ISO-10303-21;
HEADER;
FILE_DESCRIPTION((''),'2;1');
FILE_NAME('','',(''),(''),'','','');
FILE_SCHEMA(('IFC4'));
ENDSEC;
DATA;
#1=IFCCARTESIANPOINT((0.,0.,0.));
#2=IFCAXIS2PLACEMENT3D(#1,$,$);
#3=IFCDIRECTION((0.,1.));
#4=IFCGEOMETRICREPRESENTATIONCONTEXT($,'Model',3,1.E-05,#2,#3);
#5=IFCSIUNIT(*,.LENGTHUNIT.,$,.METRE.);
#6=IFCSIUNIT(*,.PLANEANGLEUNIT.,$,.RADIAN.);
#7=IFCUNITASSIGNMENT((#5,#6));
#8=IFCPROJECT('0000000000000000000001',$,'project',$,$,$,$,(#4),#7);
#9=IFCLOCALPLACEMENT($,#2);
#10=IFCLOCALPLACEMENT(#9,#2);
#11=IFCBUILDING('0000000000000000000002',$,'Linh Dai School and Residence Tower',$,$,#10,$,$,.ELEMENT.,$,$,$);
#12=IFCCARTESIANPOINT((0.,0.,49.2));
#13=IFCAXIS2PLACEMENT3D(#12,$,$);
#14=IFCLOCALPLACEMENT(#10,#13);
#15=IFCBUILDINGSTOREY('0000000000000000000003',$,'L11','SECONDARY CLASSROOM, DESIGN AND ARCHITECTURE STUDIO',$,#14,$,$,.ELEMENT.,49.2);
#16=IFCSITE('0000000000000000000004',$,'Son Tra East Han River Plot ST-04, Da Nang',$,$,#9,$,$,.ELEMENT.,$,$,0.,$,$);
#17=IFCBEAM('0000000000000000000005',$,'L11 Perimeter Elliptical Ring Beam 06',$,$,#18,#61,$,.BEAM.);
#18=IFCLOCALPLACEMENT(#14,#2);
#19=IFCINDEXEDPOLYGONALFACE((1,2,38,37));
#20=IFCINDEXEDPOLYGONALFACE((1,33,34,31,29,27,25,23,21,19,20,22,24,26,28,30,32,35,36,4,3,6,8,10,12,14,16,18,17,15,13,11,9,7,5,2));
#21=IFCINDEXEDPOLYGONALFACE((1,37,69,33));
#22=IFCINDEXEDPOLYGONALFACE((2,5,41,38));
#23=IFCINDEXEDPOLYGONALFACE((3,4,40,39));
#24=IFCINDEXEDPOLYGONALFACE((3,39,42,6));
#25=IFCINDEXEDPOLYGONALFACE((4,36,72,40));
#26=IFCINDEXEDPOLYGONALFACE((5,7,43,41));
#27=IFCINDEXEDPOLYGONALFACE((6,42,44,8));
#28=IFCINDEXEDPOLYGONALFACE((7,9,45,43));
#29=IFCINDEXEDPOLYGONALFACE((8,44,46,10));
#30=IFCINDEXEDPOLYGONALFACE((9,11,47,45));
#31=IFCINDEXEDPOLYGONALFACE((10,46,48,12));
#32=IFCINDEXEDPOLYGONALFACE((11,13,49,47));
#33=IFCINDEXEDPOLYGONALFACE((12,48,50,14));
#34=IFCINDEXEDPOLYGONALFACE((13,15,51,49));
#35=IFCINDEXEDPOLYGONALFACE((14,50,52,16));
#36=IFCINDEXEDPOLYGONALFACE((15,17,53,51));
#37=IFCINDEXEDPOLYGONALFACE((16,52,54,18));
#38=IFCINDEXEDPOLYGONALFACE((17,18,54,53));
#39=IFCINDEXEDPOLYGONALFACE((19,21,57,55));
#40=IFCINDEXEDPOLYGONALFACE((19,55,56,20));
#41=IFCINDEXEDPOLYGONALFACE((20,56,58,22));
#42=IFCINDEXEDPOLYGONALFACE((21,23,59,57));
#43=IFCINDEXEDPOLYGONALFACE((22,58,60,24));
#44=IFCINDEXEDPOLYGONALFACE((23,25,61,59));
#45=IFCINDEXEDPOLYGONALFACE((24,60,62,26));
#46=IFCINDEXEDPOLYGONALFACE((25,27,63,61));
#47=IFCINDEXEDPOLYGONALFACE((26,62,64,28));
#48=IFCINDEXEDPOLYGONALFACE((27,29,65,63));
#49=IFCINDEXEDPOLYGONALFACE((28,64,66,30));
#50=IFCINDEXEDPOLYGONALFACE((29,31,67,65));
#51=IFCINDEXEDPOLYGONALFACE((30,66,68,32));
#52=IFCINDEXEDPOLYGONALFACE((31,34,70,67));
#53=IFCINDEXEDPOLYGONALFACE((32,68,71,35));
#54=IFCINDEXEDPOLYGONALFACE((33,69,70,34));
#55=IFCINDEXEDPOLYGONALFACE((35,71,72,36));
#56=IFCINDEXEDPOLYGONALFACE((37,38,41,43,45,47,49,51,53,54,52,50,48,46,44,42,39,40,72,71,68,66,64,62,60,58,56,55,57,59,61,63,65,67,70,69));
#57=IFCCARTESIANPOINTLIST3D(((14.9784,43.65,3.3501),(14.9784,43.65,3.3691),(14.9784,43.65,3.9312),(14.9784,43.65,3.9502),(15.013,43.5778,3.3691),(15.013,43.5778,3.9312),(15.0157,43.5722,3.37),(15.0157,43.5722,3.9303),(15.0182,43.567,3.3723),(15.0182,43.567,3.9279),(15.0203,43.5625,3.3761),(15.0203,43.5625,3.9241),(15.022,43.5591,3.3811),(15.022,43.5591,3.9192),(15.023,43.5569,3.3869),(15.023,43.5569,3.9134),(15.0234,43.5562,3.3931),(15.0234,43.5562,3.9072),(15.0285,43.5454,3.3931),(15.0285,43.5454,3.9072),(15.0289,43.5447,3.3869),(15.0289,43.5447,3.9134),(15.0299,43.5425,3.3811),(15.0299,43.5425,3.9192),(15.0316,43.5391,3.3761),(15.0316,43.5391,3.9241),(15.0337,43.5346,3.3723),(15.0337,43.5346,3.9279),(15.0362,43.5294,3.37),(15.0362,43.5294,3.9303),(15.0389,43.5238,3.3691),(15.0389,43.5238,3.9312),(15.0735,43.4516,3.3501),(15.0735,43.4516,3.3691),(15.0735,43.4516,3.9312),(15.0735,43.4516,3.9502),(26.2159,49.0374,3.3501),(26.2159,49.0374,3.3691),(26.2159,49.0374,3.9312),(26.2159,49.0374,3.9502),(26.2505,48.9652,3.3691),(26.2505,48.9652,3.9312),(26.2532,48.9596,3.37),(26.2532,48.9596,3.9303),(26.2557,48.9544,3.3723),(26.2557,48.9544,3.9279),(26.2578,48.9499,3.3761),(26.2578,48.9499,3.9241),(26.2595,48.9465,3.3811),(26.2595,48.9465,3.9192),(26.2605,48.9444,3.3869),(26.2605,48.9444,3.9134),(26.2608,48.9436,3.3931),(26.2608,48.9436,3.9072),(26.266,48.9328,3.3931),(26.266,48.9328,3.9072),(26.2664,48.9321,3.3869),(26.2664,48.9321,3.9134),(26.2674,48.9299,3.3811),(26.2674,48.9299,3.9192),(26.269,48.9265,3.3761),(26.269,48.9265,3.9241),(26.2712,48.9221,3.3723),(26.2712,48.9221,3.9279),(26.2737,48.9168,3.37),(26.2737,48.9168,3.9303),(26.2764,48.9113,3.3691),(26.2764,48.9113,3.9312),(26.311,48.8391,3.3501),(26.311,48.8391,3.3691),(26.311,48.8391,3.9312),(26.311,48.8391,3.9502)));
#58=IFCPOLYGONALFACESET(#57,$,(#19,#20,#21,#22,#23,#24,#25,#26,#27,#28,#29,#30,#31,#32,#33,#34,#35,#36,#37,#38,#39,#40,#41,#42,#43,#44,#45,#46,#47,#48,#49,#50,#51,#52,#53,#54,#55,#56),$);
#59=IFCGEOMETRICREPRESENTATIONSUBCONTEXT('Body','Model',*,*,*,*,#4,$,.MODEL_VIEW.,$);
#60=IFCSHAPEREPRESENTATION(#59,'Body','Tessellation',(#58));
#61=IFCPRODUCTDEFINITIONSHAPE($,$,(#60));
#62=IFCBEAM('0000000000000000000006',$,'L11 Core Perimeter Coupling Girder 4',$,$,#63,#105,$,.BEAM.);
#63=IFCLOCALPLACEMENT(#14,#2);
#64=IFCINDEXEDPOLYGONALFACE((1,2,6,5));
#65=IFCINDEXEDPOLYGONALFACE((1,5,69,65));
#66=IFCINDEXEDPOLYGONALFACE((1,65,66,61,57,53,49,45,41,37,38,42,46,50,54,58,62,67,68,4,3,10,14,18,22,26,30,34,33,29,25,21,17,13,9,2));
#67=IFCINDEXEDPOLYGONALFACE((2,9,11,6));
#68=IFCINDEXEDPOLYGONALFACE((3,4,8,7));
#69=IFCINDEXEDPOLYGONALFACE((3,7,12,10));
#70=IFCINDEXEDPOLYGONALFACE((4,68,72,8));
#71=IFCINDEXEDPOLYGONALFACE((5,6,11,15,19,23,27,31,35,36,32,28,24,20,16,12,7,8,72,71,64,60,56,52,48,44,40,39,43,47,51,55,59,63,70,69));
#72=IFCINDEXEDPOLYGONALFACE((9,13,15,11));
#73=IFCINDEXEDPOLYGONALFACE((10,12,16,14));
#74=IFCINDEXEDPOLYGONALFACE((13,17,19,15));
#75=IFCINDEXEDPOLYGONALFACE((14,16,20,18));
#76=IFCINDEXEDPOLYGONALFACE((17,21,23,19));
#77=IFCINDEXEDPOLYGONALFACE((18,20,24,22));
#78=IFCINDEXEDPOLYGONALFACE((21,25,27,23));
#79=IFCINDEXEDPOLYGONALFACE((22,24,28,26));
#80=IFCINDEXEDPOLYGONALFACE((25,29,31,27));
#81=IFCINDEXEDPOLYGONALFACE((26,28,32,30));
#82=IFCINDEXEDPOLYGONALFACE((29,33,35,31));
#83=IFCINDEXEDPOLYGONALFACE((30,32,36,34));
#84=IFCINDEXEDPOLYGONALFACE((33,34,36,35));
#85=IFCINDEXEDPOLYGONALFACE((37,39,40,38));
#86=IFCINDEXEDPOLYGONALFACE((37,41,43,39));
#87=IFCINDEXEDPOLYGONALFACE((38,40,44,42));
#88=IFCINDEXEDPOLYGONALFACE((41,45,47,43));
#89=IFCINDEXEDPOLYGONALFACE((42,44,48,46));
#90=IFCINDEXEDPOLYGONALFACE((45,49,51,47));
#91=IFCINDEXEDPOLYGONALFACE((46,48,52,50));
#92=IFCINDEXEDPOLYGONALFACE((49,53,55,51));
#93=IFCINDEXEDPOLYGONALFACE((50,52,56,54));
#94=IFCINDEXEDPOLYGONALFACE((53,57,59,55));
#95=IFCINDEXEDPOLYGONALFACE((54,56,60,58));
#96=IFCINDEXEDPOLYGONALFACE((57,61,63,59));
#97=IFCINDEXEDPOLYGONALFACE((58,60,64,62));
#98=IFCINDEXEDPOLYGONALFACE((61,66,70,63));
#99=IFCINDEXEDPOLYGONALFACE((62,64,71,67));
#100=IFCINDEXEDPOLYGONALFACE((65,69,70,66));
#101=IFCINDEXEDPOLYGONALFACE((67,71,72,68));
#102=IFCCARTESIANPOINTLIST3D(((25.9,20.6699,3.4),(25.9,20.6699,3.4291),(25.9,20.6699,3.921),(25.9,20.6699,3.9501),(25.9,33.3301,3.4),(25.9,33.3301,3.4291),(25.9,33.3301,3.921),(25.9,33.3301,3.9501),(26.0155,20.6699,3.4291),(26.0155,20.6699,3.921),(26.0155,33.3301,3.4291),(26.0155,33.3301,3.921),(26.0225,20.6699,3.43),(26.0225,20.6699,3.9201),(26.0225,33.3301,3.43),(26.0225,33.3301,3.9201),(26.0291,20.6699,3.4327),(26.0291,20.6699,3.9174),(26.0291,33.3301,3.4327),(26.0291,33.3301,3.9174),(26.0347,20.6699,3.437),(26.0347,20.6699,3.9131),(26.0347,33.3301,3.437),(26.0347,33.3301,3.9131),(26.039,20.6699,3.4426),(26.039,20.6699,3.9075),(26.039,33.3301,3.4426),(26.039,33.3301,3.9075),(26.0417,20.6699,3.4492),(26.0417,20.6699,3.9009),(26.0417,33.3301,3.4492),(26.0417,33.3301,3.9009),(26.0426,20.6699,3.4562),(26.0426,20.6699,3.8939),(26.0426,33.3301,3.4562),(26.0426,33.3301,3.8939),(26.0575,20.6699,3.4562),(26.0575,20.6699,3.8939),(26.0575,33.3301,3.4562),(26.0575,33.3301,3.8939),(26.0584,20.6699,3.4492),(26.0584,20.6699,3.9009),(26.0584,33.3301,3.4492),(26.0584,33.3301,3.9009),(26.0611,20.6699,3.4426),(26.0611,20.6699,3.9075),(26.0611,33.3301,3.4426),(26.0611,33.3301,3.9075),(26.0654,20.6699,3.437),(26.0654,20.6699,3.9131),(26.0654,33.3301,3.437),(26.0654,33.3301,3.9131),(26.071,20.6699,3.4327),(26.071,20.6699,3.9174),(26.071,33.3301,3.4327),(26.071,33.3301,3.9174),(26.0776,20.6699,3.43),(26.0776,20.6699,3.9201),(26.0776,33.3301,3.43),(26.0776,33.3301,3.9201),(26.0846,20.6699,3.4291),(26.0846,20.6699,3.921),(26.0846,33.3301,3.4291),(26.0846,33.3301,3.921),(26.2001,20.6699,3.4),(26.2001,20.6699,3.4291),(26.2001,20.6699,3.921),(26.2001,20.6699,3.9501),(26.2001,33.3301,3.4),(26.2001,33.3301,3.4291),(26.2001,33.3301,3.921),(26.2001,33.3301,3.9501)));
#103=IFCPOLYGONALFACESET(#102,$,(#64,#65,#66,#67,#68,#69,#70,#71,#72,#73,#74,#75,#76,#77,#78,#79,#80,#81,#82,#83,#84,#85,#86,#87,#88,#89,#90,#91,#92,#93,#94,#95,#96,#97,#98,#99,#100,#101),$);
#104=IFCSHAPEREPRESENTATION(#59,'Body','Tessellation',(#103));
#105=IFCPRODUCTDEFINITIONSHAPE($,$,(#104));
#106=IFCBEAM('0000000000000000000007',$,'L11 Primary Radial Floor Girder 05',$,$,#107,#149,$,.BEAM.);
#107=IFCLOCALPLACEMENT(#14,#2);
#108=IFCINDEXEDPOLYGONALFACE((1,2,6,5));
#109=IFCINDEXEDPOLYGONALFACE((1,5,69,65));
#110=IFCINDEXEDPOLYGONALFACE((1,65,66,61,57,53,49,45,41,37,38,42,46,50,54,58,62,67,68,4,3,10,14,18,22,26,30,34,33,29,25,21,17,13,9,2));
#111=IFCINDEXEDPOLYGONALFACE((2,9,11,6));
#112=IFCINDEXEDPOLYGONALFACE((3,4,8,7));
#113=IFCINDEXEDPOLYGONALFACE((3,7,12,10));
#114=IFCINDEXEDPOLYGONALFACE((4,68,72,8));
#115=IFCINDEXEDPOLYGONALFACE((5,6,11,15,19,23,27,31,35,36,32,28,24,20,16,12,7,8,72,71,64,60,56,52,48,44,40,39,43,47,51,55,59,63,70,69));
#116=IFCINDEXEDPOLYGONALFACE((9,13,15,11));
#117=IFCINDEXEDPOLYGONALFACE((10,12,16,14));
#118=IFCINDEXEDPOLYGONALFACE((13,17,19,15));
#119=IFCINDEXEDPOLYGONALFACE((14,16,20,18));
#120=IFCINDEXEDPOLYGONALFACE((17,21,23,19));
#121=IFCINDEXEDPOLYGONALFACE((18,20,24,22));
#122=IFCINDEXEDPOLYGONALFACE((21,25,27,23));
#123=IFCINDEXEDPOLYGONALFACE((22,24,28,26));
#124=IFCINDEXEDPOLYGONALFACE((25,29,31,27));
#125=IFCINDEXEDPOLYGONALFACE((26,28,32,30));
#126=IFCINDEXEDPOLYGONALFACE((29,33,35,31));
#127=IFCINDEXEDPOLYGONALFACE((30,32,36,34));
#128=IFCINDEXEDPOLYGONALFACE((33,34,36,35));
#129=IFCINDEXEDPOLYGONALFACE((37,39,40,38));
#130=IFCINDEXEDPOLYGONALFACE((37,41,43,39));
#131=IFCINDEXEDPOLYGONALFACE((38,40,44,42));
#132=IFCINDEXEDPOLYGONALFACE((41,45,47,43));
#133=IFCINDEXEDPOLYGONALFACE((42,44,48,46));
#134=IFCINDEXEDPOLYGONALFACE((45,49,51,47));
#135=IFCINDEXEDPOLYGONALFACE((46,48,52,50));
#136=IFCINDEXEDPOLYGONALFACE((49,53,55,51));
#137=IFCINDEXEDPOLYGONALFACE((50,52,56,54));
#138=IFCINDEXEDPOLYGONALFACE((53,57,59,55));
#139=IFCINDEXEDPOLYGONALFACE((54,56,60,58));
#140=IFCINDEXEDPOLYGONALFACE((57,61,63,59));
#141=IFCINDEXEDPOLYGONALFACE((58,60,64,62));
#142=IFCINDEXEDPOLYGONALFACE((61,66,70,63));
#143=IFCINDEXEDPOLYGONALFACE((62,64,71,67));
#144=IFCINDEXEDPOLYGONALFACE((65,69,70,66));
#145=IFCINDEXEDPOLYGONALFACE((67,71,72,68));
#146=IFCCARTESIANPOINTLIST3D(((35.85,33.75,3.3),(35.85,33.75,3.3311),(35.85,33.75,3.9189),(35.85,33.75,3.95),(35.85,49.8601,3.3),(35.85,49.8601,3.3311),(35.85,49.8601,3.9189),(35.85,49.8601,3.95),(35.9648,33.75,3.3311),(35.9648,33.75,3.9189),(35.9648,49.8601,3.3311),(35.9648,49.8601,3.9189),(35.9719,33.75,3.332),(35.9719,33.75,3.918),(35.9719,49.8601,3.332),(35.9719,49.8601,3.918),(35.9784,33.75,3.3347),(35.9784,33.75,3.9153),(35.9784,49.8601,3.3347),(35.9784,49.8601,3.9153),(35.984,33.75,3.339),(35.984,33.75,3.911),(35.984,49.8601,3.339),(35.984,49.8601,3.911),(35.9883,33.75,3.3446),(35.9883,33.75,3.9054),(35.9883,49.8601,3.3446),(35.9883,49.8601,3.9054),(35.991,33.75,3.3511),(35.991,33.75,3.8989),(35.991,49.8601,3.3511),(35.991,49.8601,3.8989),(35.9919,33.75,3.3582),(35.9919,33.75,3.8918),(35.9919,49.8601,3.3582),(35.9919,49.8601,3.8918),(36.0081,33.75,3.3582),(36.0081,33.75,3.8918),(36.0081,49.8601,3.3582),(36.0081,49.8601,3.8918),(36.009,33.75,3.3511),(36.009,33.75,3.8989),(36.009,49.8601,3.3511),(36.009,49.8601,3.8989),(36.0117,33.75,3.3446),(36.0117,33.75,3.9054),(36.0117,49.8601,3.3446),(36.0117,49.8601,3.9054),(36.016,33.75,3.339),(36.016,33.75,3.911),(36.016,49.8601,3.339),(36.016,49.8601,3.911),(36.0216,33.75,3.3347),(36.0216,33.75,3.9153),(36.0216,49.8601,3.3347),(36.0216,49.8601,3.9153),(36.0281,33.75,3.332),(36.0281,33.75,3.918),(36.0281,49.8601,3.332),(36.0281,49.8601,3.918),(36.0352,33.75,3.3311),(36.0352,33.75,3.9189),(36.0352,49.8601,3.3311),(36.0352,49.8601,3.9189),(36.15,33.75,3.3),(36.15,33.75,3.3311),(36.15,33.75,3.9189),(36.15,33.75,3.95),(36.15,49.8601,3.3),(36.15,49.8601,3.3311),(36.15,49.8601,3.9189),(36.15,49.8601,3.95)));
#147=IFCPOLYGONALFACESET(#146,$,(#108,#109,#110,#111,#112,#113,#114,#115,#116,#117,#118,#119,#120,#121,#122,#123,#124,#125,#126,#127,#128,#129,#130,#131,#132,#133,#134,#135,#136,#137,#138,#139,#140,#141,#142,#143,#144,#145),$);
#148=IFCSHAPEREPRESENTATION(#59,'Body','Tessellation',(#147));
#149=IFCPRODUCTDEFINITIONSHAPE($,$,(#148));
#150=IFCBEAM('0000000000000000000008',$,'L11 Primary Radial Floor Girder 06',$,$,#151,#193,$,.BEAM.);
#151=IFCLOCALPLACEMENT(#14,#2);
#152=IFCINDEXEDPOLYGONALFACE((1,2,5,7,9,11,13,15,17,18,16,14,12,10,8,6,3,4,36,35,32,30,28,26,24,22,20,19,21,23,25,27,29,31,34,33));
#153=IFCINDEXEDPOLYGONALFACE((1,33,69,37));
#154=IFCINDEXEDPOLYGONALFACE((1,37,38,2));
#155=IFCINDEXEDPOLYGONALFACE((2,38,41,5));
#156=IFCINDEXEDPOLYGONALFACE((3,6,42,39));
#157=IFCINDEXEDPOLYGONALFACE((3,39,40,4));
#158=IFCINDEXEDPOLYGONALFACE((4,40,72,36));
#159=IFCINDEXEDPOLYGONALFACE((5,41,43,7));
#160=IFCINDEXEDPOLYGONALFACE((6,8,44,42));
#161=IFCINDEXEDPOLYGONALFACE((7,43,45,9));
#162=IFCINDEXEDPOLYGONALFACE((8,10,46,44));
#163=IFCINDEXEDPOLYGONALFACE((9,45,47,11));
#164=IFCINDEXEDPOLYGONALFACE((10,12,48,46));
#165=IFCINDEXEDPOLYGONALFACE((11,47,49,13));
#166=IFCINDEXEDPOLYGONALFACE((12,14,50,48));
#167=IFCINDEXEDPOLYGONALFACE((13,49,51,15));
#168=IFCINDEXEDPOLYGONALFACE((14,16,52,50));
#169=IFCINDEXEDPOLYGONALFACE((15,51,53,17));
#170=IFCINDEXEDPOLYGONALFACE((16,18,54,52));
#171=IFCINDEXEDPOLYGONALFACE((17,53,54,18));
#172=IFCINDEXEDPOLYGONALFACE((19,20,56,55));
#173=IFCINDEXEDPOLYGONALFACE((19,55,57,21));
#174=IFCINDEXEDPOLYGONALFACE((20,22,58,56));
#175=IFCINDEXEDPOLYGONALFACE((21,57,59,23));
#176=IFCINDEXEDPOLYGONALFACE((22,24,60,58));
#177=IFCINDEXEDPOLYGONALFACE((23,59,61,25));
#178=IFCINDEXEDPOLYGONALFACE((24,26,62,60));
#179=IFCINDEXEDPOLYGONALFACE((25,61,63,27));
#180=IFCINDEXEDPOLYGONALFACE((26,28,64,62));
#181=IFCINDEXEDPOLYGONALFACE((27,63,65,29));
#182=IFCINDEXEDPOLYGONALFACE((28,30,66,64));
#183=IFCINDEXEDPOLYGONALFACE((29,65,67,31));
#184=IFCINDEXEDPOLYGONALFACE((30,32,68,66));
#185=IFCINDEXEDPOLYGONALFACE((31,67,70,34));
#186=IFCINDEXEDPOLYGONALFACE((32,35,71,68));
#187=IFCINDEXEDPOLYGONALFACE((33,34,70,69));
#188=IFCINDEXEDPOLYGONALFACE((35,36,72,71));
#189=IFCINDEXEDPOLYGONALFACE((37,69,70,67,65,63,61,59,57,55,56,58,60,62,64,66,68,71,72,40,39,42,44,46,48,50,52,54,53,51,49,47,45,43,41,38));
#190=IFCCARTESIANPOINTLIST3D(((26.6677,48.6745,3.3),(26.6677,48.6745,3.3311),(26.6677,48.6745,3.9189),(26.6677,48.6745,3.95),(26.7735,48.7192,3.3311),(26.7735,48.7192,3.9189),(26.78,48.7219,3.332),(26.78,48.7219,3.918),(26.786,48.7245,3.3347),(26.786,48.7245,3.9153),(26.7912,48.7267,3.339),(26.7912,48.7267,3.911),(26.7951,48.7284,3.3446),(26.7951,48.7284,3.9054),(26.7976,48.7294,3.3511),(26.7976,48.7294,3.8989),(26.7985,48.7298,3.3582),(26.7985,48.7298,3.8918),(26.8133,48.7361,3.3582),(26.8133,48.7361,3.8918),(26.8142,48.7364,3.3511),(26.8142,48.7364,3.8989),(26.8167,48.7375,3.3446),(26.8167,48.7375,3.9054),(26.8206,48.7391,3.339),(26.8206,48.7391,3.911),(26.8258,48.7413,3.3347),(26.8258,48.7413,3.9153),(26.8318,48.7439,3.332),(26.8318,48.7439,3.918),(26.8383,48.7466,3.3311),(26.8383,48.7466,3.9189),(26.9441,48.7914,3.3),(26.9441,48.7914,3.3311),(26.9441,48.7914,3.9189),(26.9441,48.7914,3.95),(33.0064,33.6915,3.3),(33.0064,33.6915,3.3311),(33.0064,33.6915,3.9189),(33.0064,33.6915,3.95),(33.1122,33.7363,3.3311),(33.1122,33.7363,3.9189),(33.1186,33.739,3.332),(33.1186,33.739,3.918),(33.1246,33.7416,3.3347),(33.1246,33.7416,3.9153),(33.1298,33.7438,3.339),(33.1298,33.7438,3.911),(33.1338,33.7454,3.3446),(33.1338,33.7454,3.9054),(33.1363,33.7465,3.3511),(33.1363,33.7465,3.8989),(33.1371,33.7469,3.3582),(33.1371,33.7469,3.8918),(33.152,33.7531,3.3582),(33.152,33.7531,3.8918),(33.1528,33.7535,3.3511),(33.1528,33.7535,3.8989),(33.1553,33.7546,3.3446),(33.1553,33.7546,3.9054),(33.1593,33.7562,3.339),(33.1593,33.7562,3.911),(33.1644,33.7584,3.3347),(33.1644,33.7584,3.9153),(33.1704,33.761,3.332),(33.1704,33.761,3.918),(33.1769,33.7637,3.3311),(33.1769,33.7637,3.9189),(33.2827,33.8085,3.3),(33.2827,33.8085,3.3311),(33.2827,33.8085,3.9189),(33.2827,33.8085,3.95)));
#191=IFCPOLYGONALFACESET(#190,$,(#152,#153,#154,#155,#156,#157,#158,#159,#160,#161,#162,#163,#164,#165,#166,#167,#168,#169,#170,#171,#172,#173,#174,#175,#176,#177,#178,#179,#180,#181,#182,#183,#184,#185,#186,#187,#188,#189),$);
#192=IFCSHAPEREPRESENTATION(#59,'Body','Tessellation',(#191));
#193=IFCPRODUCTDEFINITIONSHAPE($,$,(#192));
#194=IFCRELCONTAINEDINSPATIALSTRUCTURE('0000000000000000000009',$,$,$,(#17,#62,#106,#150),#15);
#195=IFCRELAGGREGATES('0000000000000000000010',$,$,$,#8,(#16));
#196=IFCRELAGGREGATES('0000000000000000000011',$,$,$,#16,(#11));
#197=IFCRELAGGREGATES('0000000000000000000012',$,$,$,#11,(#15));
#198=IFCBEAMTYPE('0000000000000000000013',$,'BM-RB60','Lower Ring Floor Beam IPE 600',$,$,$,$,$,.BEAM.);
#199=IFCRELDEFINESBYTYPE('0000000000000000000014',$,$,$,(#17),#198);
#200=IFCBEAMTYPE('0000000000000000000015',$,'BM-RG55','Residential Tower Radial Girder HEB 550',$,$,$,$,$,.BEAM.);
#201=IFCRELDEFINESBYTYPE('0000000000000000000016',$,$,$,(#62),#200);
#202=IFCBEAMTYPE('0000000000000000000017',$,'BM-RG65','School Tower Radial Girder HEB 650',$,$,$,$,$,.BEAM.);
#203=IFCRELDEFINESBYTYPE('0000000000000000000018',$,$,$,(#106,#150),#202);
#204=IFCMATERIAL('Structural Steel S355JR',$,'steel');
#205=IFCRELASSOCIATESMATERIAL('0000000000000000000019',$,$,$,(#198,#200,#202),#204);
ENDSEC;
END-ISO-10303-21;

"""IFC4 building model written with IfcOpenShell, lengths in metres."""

from ifc_helpers import new_model, si_unit, direction, frame, origin, origin_2d, place, context, subcontext, project, spatial, i_section, extrude, material, material_profile, profile_set, type_object, element, save


model = new_model("IFC4")

# Units and contexts
model_context = context("Model", 3, precision=1e-05, world=origin(), true_north=direction((0.0, 1.0)))
body_context = subcontext(model_context, "Body", "Model", "MODEL_VIEW")
ifc_project = project(units=[si_unit("LENGTHUNIT", "METRE"), si_unit("PLANEANGLEUNIT", "RADIAN")], contexts=[model_context])

# Site, building, storey
site_placement = place(None, origin())
site = spatial("IfcSite", under=ifc_project, at=site_placement, Name="Son Tra East Han River Plot ST-04, Da Nang", CompositionType="ELEMENT", RefElevation=0.0)
building_placement = place(site_placement, origin())
building = spatial("IfcBuilding", under=site, at=building_placement, Name="Linh Dai School and Residence Tower", CompositionType="ELEMENT")
storey_placement = place(building_placement, frame((0.0, 0.0, 49.2)))
storey = spatial("IfcBuildingStorey", under=building, at=storey_placement, Name="L11", Description="SECONDARY CLASSROOM, DESIGN AND ARCHITECTURE STUDIO", CompositionType="ELEMENT", Elevation=49.2)

# Shared definitions
ifc_material_1 = material(Name="Structural Steel S355JR", Category="steel")

# Beams
ifc_material_profile_1 = material_profile(ifc_material_1, i_section(OverallWidth=0.22, OverallDepth=0.6001, WebThickness=0.012, FlangeThickness=0.019, FilletRadius=0.0239, at=origin_2d()), Name="IPE 600")
ifc_profile_set_1 = profile_set([ifc_material_profile_1], Name="Structural Steel S355JR")
beam_type_1 = type_object("IfcBeamType", Name="BM-RB60", Description="Lower Ring Floor Beam IPE 600", PredefinedType="BEAM", material=ifc_profile_set_1)
beam_1_placement = place(storey_placement, frame((26.2634, 48.9382, 3.6501), z_axis=(-0.901729, -0.432302, 0.0), x_axis=(0.432302, -0.901729, 0.0)))
element("IfcBeam", 1, at=beam_1_placement, inside=storey, type_object=beam_type_1, Name="L11 Perimeter Elliptical Ring Beam 06", PredefinedType="BEAM", context=body_context, shape_type="SweptSolid", body=[
    extrude(i_section(OverallWidth=0.22, OverallDepth=0.6001, WebThickness=0.012, FlangeThickness=0.019, FilletRadius=0.0239, at=origin_2d()), origin(), (0.0, 0.0, 1.0), 12.4622),
])
ifc_material_profile_2 = material_profile(ifc_material_1, i_section(OverallWidth=0.3, OverallDepth=0.55, WebThickness=0.0149, FlangeThickness=0.0291, FilletRadius=0.0271, at=origin_2d()), Name="HEB 550")
ifc_profile_set_2 = profile_set([ifc_material_profile_2], Name="Structural Steel S355JR")
beam_type_2 = type_object("IfcBeamType", Name="BM-RG55", Description="Residential Tower Radial Girder HEB 550", PredefinedType="BEAM", material=ifc_profile_set_2)
beam_2_placement = place(storey_placement, frame((26.05, 33.3301, 3.675), z_axis=(0.0, -1.0, 0.0), x_axis=(1.0, 0.0, 0.0)))
element("IfcBeam", 2, at=beam_2_placement, inside=storey, type_object=beam_type_2, Name="L11 Core Perimeter Coupling Girder 4", PredefinedType="BEAM", context=body_context, shape_type="SweptSolid", body=[
    extrude(i_section(OverallWidth=0.3, OverallDepth=0.55, WebThickness=0.0149, FlangeThickness=0.0291, FilletRadius=0.0271, at=origin_2d()), origin(), (0.0, 0.0, 1.0), 12.6602),
])
ifc_material_profile_3 = material_profile(ifc_material_1, i_section(OverallWidth=0.3, OverallDepth=0.6499, WebThickness=0.0161, FlangeThickness=0.031, FilletRadius=0.0271, at=origin_2d()), Name="HEB 650")
ifc_profile_set_3 = profile_set([ifc_material_profile_3], Name="Structural Steel S355JR")
beam_type_3 = type_object("IfcBeamType", Name="BM-RG65", Description="School Tower Radial Girder HEB 650", PredefinedType="BEAM", material=ifc_profile_set_3)
beam_3_placement = place(storey_placement, frame((36.0, 33.75, 3.625), z_axis=(0.0, 1.0, 0.0), x_axis=(-1.0, 0.0, 0.0)))
element("IfcBeam", 3, at=beam_3_placement, inside=storey, type_object=beam_type_3, Name="L11 Primary Radial Floor Girder 05", PredefinedType="BEAM", context=body_context, shape_type="SweptSolid", body=[
    extrude(i_section(OverallWidth=0.3, OverallDepth=0.6499, WebThickness=0.0161, FlangeThickness=0.031, FilletRadius=0.0271, at=origin_2d()), origin(), (0.0, 0.0, 1.0), 16.1101),
])
beam_4_placement = place(storey_placement, frame((33.1445, 33.75, 3.625), z_axis=(-0.389624, 0.920974, 0.0), x_axis=(-0.920974, -0.389624, 0.0)))
element("IfcBeam", 4, at=beam_4_placement, inside=storey, type_object=beam_type_3, Name="L11 Primary Radial Floor Girder 06", PredefinedType="BEAM", context=body_context, shape_type="SweptSolid", body=[
    extrude(i_section(OverallWidth=0.3, OverallDepth=0.6499, WebThickness=0.0161, FlangeThickness=0.031, FilletRadius=0.0271, at=origin_2d()), origin(), (0.0, 0.0, 1.0), 16.2686),
])

save(model, "model.ifc")
